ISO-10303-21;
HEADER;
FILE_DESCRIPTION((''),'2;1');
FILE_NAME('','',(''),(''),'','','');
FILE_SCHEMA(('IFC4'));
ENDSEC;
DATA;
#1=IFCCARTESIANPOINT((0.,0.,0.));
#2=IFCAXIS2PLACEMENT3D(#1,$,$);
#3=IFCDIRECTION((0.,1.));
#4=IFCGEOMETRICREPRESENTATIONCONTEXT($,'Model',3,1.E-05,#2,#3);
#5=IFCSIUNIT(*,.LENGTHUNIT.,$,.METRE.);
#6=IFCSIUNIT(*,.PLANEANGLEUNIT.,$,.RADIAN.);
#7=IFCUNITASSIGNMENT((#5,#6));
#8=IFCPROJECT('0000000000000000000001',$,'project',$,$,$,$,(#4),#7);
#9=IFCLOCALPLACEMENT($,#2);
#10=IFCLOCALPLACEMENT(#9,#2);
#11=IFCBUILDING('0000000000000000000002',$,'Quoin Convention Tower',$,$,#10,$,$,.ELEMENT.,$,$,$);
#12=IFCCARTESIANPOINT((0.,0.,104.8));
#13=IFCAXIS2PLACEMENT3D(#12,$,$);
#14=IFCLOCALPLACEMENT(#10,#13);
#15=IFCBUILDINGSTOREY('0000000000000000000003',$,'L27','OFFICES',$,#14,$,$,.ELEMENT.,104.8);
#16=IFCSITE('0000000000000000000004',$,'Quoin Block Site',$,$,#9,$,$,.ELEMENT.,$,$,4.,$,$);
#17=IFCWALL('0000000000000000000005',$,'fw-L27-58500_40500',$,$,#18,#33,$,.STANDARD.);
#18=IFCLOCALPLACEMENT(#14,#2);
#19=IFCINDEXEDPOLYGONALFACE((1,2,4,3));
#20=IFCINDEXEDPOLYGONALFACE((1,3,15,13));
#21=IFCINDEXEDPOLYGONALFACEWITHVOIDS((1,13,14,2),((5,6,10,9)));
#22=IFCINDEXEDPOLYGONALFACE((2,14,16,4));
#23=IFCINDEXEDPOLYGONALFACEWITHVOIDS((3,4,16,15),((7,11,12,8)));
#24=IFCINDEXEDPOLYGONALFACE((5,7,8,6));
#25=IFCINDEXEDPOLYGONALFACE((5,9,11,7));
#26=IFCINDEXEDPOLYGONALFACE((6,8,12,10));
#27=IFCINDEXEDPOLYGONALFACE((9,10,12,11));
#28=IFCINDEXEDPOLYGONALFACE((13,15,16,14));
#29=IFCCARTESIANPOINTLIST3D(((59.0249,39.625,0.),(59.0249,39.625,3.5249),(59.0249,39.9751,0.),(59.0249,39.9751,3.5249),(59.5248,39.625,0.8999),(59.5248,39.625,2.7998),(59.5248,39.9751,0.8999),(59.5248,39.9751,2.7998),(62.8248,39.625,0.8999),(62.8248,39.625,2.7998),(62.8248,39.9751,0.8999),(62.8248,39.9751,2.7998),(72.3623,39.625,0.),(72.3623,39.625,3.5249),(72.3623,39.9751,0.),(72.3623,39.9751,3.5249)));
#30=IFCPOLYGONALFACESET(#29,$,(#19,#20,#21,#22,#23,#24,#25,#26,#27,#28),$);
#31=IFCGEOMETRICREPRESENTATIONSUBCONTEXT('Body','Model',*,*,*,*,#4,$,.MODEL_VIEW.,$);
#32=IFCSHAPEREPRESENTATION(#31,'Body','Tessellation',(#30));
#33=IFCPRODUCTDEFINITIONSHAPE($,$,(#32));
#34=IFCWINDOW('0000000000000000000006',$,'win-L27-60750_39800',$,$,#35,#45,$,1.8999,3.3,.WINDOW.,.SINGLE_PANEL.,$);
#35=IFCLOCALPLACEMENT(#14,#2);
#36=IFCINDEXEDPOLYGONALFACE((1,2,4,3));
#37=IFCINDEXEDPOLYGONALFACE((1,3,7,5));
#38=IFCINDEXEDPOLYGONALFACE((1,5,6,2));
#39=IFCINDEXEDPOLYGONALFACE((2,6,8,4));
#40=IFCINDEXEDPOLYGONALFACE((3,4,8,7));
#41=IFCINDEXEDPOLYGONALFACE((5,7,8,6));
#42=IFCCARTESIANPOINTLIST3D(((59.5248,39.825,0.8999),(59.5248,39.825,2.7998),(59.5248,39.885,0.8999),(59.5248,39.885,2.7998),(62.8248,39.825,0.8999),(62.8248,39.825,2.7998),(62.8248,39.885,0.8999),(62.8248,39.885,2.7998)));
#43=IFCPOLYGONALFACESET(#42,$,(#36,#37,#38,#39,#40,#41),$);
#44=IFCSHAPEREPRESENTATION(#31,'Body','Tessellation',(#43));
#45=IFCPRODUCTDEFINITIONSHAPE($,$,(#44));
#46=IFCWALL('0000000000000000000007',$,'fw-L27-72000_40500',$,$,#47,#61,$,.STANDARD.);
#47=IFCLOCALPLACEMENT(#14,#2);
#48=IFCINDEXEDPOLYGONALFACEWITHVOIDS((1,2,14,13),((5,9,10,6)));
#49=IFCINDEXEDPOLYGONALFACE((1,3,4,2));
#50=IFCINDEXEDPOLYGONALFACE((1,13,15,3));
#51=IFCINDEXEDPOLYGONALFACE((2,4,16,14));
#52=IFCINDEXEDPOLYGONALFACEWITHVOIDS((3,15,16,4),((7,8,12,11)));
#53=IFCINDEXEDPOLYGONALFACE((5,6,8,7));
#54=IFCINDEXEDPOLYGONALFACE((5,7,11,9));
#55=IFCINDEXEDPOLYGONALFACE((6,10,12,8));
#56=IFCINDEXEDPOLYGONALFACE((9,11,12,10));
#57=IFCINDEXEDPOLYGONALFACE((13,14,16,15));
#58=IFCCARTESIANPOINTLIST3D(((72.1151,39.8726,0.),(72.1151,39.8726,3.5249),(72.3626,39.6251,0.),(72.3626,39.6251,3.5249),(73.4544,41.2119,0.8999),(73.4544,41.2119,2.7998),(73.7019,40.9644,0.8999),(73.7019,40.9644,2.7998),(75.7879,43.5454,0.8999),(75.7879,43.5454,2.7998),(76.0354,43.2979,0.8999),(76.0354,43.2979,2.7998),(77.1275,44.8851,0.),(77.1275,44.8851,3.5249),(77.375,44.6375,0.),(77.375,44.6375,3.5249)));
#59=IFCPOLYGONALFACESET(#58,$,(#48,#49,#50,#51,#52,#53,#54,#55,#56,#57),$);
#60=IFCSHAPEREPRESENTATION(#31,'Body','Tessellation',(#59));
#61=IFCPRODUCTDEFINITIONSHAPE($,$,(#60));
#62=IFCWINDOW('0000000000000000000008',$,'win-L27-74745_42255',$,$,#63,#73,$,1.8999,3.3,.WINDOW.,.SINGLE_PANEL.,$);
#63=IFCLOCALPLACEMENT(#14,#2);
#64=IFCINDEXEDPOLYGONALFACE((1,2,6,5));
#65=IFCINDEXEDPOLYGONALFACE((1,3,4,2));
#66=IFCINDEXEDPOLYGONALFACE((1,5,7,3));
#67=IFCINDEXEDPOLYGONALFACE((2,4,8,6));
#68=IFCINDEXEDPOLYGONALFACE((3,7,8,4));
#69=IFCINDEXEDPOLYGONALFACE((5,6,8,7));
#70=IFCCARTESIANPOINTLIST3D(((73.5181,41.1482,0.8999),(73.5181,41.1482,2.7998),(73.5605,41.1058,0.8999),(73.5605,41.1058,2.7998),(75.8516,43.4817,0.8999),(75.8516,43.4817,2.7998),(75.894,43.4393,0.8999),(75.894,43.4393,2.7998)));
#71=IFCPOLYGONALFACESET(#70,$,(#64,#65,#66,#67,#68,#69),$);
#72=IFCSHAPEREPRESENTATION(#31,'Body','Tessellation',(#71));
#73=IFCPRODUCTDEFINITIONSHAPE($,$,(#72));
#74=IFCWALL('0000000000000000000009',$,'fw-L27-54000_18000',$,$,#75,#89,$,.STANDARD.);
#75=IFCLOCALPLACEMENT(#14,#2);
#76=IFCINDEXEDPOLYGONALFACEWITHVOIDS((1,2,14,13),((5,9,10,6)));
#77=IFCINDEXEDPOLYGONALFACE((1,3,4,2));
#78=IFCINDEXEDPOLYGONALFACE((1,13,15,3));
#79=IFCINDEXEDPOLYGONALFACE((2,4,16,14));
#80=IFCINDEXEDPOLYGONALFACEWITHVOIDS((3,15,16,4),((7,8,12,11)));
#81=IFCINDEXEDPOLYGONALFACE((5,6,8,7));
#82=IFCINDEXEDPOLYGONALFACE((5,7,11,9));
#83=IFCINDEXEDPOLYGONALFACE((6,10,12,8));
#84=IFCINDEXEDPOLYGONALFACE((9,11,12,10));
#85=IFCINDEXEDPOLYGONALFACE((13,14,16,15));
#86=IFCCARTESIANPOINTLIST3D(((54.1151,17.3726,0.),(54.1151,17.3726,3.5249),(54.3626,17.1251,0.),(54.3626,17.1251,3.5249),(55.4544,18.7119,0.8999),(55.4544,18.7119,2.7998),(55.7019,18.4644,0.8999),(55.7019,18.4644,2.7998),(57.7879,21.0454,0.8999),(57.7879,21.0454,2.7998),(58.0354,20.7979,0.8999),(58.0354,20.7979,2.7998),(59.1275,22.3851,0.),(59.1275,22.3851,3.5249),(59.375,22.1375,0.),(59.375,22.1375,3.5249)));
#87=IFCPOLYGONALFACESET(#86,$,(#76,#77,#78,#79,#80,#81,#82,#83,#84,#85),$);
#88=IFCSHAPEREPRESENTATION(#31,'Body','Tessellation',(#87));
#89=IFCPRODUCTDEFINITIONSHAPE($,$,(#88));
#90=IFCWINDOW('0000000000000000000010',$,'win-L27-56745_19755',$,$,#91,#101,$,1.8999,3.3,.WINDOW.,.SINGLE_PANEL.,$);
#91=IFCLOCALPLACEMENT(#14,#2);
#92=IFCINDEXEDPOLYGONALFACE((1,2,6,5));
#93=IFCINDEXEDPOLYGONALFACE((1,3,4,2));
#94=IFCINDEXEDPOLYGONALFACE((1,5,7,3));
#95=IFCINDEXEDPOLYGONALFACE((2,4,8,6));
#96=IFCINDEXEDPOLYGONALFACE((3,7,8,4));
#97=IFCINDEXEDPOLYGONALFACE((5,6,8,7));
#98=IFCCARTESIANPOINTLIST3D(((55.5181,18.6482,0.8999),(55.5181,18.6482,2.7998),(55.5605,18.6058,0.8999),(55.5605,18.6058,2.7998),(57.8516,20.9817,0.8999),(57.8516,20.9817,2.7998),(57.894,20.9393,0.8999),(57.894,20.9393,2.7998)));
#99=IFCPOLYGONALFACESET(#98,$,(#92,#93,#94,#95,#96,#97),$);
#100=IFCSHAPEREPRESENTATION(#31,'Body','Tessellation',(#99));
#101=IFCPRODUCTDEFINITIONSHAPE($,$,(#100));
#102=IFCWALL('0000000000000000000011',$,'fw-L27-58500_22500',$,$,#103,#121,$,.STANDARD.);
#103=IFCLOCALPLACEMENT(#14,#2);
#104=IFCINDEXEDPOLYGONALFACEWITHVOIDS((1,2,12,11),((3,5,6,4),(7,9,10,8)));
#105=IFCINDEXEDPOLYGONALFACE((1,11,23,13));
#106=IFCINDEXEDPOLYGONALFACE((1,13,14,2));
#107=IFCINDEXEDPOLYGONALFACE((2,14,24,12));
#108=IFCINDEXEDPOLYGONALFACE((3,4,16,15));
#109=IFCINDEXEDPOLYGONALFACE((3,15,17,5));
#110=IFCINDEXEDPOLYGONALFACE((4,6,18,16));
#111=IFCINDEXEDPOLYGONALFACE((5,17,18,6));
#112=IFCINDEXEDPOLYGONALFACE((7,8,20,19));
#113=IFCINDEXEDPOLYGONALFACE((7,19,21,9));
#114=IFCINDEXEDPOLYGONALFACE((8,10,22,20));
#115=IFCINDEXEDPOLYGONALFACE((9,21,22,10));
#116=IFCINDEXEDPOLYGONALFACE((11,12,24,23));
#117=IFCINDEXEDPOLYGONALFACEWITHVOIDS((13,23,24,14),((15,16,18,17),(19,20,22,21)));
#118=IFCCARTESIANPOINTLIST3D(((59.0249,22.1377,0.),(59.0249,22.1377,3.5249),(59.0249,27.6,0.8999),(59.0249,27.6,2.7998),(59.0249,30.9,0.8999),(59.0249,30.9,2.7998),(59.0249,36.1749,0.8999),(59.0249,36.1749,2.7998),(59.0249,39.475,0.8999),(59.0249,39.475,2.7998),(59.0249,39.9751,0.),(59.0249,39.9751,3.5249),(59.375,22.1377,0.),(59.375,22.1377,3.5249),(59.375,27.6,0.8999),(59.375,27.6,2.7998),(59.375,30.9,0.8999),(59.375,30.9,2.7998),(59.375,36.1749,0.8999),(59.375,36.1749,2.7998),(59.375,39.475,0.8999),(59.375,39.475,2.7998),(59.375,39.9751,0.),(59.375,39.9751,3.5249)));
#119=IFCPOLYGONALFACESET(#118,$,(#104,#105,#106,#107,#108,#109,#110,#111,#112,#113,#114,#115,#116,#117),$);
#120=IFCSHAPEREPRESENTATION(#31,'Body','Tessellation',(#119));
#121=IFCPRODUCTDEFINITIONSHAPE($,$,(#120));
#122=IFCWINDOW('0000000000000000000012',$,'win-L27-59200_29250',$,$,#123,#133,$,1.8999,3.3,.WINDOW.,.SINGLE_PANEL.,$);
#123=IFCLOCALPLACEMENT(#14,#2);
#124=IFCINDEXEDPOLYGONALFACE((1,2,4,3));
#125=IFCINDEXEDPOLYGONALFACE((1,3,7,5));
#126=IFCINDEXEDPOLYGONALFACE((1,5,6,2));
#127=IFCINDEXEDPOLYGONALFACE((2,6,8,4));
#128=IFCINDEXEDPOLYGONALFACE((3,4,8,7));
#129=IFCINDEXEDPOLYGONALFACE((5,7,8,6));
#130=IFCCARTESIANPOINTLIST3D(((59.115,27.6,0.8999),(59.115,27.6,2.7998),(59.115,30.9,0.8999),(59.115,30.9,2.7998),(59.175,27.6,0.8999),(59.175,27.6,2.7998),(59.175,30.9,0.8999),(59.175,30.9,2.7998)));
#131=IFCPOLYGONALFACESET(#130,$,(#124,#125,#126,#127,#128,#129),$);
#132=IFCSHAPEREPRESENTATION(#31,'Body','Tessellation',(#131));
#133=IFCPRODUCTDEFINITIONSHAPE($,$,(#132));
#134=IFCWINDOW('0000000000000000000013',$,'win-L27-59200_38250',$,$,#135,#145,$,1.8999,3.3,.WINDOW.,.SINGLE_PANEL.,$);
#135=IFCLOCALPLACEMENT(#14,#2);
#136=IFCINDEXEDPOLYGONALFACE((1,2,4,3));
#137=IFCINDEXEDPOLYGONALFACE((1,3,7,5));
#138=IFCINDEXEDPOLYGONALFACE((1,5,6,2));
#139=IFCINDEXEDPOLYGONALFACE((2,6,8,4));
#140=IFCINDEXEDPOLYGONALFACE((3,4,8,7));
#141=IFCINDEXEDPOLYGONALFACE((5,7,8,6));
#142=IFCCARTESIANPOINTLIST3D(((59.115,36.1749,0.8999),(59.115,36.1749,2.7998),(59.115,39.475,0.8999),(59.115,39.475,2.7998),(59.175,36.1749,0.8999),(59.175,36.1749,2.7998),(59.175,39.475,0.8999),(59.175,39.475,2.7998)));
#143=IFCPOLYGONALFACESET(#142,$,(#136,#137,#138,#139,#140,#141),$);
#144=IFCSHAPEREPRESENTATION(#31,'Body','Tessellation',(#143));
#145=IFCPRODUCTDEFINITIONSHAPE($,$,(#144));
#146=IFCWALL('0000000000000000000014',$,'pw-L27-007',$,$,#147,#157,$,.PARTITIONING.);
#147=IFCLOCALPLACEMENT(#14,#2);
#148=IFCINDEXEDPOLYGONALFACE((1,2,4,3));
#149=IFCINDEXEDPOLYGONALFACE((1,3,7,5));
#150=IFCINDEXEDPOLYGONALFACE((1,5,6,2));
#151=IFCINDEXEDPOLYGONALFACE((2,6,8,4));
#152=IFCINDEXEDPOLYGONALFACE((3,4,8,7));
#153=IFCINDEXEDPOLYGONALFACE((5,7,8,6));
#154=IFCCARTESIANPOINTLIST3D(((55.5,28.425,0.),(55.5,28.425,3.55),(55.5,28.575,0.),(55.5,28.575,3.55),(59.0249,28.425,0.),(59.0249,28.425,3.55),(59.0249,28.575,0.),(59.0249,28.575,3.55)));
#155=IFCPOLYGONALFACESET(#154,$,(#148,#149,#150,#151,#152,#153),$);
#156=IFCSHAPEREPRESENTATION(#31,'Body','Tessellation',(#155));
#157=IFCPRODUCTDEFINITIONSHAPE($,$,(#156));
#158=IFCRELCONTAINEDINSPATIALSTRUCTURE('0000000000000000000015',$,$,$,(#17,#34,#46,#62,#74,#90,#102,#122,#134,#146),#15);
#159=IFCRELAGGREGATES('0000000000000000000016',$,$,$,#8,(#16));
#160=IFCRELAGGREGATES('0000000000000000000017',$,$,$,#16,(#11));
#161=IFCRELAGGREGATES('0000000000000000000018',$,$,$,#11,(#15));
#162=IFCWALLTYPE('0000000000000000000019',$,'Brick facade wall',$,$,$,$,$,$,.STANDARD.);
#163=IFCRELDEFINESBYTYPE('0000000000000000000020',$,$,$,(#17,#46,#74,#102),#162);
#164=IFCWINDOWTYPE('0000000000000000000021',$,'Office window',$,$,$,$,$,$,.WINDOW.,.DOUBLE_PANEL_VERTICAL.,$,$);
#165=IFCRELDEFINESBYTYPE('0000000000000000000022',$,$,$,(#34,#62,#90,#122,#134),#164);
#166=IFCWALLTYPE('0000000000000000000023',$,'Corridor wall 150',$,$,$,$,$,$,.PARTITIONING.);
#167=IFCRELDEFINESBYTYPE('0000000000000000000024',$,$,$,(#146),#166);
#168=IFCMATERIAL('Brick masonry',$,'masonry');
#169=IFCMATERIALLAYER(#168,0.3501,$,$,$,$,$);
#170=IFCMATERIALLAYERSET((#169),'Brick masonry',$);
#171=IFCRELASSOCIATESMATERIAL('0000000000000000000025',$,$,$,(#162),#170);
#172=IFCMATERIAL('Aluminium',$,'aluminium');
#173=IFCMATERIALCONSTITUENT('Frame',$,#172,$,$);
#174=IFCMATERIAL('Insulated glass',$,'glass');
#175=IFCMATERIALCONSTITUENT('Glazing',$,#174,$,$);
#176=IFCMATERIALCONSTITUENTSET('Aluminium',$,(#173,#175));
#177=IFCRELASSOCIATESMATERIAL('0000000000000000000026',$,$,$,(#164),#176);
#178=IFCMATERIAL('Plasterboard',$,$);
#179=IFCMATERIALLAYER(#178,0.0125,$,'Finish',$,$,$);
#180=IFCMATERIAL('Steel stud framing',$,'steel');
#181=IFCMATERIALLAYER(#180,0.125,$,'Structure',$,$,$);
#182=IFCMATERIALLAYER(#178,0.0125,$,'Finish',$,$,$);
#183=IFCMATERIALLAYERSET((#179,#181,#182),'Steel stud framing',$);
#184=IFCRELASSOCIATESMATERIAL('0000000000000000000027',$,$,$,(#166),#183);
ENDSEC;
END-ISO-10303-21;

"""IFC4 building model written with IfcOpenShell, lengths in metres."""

from ifc_helpers import new_model, si_unit, direction, frame, frame_2d, origin, place, context, subcontext, project, spatial, rectangle, extrude, material, layer, layer_set, constituent, constituent_set, type_object, element, fill, save


model = new_model("IFC4")

# Units and contexts
model_context = context("Model", 3, precision=1e-05, world=origin(), true_north=direction((0.0, 1.0)))
body_context = subcontext(model_context, "Body", "Model", "MODEL_VIEW")
ifc_project = project(units=[si_unit("LENGTHUNIT", "METRE"), si_unit("PLANEANGLEUNIT", "RADIAN")], contexts=[model_context])

# Site, building, storey
site_placement = place(None, origin())
site = spatial("IfcSite", under=ifc_project, at=site_placement, Name="Quoin Block Site", CompositionType="ELEMENT", RefElevation=4.0)
building_placement = place(site_placement, origin())
building = spatial("IfcBuilding", under=site, at=building_placement, Name="Quoin Convention Tower", CompositionType="ELEMENT")
storey_placement = place(building_placement, frame((0.0, 0.0, 104.8)))
storey = spatial("IfcBuildingStorey", under=building, at=storey_placement, Name="L27", Description="OFFICES", CompositionType="ELEMENT", Elevation=104.8)

# Shared definitions
ifc_material_1 = material(Name="Plasterboard")
ifc_material_2 = material(Name="Steel stud framing", Category="steel")

# Walls, openings, windows
ifc_material_3 = material(Name="Brick masonry", Category="masonry")
ifc_layer_1 = layer(ifc_material_3, 0.3501)
ifc_layer_set_1 = layer_set([ifc_layer_1], Name="Brick masonry")
wall_type_1 = type_object("IfcWallType", Name="Brick facade wall", PredefinedType="STANDARD", material=ifc_layer_set_1)
wall_1_placement = place(storey_placement, frame((59.0249, 39.8, 0.0), z_axis=(0.0, 0.0, 1.0), x_axis=(1.0, 0.0, 0.0)))
wall_1 = element("IfcWall", 1, at=wall_1_placement, inside=storey, type_object=wall_type_1, Name="fw-L27-58500_40500", PredefinedType="STANDARD", context=body_context, shape_type="SweptSolid", body=[
    extrude(rectangle(XDim=13.3374, YDim=0.3501, at=frame_2d((6.6687, 0.0))), origin(), (0.0, 0.0, 1.0), 3.5249),
])
opening_1_placement = place(wall_1_placement, frame((0.5, 0.0, 0.8999)))
opening_1 = element("IfcOpeningElement", 2, at=opening_1_placement, cuts=wall_1, PredefinedType="OPENING", context=body_context, shape_type="SweptSolid", body=[
    extrude(rectangle(XDim=3.3, YDim=1.8999, at=frame_2d((1.6499, 0.95))), frame((0.0, 0.1851, 0.0), z_axis=(0.0, -1.0, 0.0), x_axis=(1.0, 0.0, 0.0)), (0.0, 0.0, 1.0), 0.3701),
])
ifc_material_4 = material(Name="Aluminium", Category="aluminium")
ifc_constituent_1 = constituent(ifc_material_4, Name="Frame")
ifc_material_5 = material(Name="Insulated glass", Category="glass")
ifc_constituent_2 = constituent(ifc_material_5, Name="Glazing")
ifc_constituent_set = constituent_set(constituents=[ifc_constituent_1, ifc_constituent_2], Name="Aluminium")
window_type = type_object("IfcWindowType", Name="Office window", PartitioningType="DOUBLE_PANEL_VERTICAL", PredefinedType="WINDOW", material=ifc_constituent_set)
window_1_placement = place(opening_1_placement, origin())
window_1 = element("IfcWindow", 3, at=window_1_placement, inside=storey, type_object=window_type, Name="win-L27-60750_39800", OverallHeight=1.8999, OverallWidth=3.3, PartitioningType="SINGLE_PANEL", PredefinedType="WINDOW", context=body_context, shape_type="SweptSolid", body=[
    extrude(rectangle(XDim=3.3, YDim=1.8999, at=frame_2d((1.6499, 0.95))), frame((0.0, 0.085, 0.0), z_axis=(0.0, -1.0, 0.0), x_axis=(1.0, 0.0, 0.0)), (0.0, 0.0, 1.0), 0.0601),
])
fill(opening_1, window_1)
wall_2_placement = place(storey_placement, frame((72.2388, 39.7488, 0.0), z_axis=(0.0, 0.0, 1.0), x_axis=(0.707107, 0.707107, 0.0)))
wall_2 = element("IfcWall", 4, at=wall_2_placement, inside=storey, type_object=wall_type_1, Name="fw-L27-72000_40500", PredefinedType="STANDARD", context=body_context, shape_type="SweptSolid", body=[
    extrude(rectangle(XDim=7.0886, YDim=0.3501, at=frame_2d((3.5444, 0.0))), origin(), (0.0, 0.0, 1.0), 3.5249),
])
opening_2_placement = place(wall_2_placement, frame((1.8943, 0.0, 0.8999)))
opening_2 = element("IfcOpeningElement", 5, at=opening_2_placement, cuts=wall_2, PredefinedType="OPENING", context=body_context, shape_type="SweptSolid", body=[
    extrude(rectangle(XDim=3.3, YDim=1.8999, at=frame_2d((1.6499, 0.95))), frame((0.0, 0.1851, 0.0), z_axis=(0.0, -1.0, 0.0), x_axis=(1.0, 0.0, 0.0)), (0.0, 0.0, 1.0), 0.3701),
])
window_2_placement = place(opening_2_placement, origin())
window_2 = element("IfcWindow", 6, at=window_2_placement, inside=storey, type_object=window_type, Name="win-L27-74745_42255", OverallHeight=1.8999, OverallWidth=3.3, PartitioningType="SINGLE_PANEL", PredefinedType="WINDOW", context=body_context, shape_type="SweptSolid", body=[
    extrude(rectangle(XDim=3.3, YDim=1.8999, at=frame_2d((1.6499, 0.95))), frame((0.0, 0.085, 0.0), z_axis=(0.0, -1.0, 0.0), x_axis=(1.0, 0.0, 0.0)), (0.0, 0.0, 1.0), 0.0601),
])
fill(opening_2, window_2)
wall_3_placement = place(storey_placement, frame((54.2388, 17.2488, 0.0), z_axis=(0.0, 0.0, 1.0), x_axis=(0.707107, 0.707107, 0.0)))
wall_3 = element("IfcWall", 7, at=wall_3_placement, inside=storey, type_object=wall_type_1, Name="fw-L27-54000_18000", PredefinedType="STANDARD", context=body_context, shape_type="SweptSolid", body=[
    extrude(rectangle(XDim=7.0886, YDim=0.3501, at=frame_2d((3.5444, 0.0))), origin(), (0.0, 0.0, 1.0), 3.5249),
])
opening_3_placement = place(wall_3_placement, frame((1.8943, 0.0, 0.8999)))
opening_3 = element("IfcOpeningElement", 8, at=opening_3_placement, cuts=wall_3, PredefinedType="OPENING", context=body_context, shape_type="SweptSolid", body=[
    extrude(rectangle(XDim=3.3, YDim=1.8999, at=frame_2d((1.6499, 0.95))), frame((0.0, 0.1851, 0.0), z_axis=(0.0, -1.0, 0.0), x_axis=(1.0, 0.0, 0.0)), (0.0, 0.0, 1.0), 0.3701),
])
window_3_placement = place(opening_3_placement, origin())
window_3 = element("IfcWindow", 9, at=window_3_placement, inside=storey, type_object=window_type, Name="win-L27-56745_19755", OverallHeight=1.8999, OverallWidth=3.3, PartitioningType="SINGLE_PANEL", PredefinedType="WINDOW", context=body_context, shape_type="SweptSolid", body=[
    extrude(rectangle(XDim=3.3, YDim=1.8999, at=frame_2d((1.6499, 0.95))), frame((0.0, 0.085, 0.0), z_axis=(0.0, -1.0, 0.0), x_axis=(1.0, 0.0, 0.0)), (0.0, 0.0, 1.0), 0.0601),
])
fill(opening_3, window_3)

# Wall, openings, windows
wall_4_placement = place(storey_placement, frame((59.2, 22.1377, 0.0), z_axis=(0.0, 0.0, 1.0), x_axis=(0.0, 1.0, 0.0)))
wall_4 = element("IfcWall", 10, at=wall_4_placement, inside=storey, type_object=wall_type_1, Name="fw-L27-58500_22500", PredefinedType="STANDARD", context=body_context, shape_type="SweptSolid", body=[
    extrude(rectangle(XDim=17.8374, YDim=0.3501, at=frame_2d((8.9187, 0.0))), origin(), (0.0, 0.0, 1.0), 3.5249),
])
opening_4_placement = place(wall_4_placement, frame((5.4624, 0.0, 0.8999)))
opening_4 = element("IfcOpeningElement", 11, at=opening_4_placement, cuts=wall_4, PredefinedType="OPENING", context=body_context, shape_type="SweptSolid", body=[
    extrude(rectangle(XDim=3.3, YDim=1.8999, at=frame_2d((1.6499, 0.95))), frame((0.0, 0.1851, 0.0), z_axis=(0.0, -1.0, 0.0), x_axis=(1.0, 0.0, 0.0)), (0.0, 0.0, 1.0), 0.3701),
])
opening_5_placement = place(wall_4_placement, frame((14.0374, 0.0, 0.8999)))
opening_5 = element("IfcOpeningElement", 12, at=opening_5_placement, cuts=wall_4, PredefinedType="OPENING", context=body_context, shape_type="SweptSolid", body=[
    extrude(rectangle(XDim=3.3, YDim=1.8999, at=frame_2d((1.6499, 0.95))), frame((0.0, 0.1851, 0.0), z_axis=(0.0, -1.0, 0.0), x_axis=(1.0, 0.0, 0.0)), (0.0, 0.0, 1.0), 0.3701),
])
window_4_placement = place(opening_4_placement, origin())
window_4 = element("IfcWindow", 13, at=window_4_placement, inside=storey, type_object=window_type, Name="win-L27-59200_29250", OverallHeight=1.8999, OverallWidth=3.3, PartitioningType="SINGLE_PANEL", PredefinedType="WINDOW", context=body_context, shape_type="SweptSolid", body=[
    extrude(rectangle(XDim=3.3, YDim=1.8999, at=frame_2d((1.6499, 0.95))), frame((0.0, 0.085, 0.0), z_axis=(0.0, -1.0, 0.0), x_axis=(1.0, 0.0, 0.0)), (0.0, 0.0, 1.0), 0.0601),
])
fill(opening_4, window_4)
window_5_placement = place(opening_5_placement, origin())
window_5 = element("IfcWindow", 14, at=window_5_placement, inside=storey, type_object=window_type, Name="win-L27-59200_38250", OverallHeight=1.8999, OverallWidth=3.3, PartitioningType="SINGLE_PANEL", PredefinedType="WINDOW", context=body_context, shape_type="SweptSolid", body=[
    extrude(rectangle(XDim=3.3, YDim=1.8999, at=frame_2d((1.6499, 0.95))), frame((0.0, 0.085, 0.0), z_axis=(0.0, -1.0, 0.0), x_axis=(1.0, 0.0, 0.0)), (0.0, 0.0, 1.0), 0.0601),
])
fill(opening_5, window_5)

# Wall
ifc_layer_2 = layer(ifc_material_1, 0.0125, Name="Finish")
ifc_layer_3 = layer(ifc_material_2, 0.125, Name="Structure")
ifc_layer_4 = layer(ifc_material_1, 0.0125, Name="Finish")
ifc_layer_set_2 = layer_set([ifc_layer_2, ifc_layer_3, ifc_layer_4], Name="Steel stud framing")
wall_type_2 = type_object("IfcWallType", Name="Corridor wall 150", PredefinedType="PARTITIONING", material=ifc_layer_set_2)
wall_5_placement = place(storey_placement, frame((55.5, 28.5, 0.0), z_axis=(0.0, 0.0, 1.0), x_axis=(1.0, 0.0, 0.0)))
element("IfcWall", 15, at=wall_5_placement, inside=storey, type_object=wall_type_2, Name="pw-L27-007", PredefinedType="PARTITIONING", context=body_context, shape_type="SweptSolid", body=[
    extrude(rectangle(XDim=3.5249, YDim=0.1499, at=frame_2d((1.7625, 0.0))), origin(), (0.0, 0.0, 1.0), 3.55),
])

save(model, "model.ifc")
